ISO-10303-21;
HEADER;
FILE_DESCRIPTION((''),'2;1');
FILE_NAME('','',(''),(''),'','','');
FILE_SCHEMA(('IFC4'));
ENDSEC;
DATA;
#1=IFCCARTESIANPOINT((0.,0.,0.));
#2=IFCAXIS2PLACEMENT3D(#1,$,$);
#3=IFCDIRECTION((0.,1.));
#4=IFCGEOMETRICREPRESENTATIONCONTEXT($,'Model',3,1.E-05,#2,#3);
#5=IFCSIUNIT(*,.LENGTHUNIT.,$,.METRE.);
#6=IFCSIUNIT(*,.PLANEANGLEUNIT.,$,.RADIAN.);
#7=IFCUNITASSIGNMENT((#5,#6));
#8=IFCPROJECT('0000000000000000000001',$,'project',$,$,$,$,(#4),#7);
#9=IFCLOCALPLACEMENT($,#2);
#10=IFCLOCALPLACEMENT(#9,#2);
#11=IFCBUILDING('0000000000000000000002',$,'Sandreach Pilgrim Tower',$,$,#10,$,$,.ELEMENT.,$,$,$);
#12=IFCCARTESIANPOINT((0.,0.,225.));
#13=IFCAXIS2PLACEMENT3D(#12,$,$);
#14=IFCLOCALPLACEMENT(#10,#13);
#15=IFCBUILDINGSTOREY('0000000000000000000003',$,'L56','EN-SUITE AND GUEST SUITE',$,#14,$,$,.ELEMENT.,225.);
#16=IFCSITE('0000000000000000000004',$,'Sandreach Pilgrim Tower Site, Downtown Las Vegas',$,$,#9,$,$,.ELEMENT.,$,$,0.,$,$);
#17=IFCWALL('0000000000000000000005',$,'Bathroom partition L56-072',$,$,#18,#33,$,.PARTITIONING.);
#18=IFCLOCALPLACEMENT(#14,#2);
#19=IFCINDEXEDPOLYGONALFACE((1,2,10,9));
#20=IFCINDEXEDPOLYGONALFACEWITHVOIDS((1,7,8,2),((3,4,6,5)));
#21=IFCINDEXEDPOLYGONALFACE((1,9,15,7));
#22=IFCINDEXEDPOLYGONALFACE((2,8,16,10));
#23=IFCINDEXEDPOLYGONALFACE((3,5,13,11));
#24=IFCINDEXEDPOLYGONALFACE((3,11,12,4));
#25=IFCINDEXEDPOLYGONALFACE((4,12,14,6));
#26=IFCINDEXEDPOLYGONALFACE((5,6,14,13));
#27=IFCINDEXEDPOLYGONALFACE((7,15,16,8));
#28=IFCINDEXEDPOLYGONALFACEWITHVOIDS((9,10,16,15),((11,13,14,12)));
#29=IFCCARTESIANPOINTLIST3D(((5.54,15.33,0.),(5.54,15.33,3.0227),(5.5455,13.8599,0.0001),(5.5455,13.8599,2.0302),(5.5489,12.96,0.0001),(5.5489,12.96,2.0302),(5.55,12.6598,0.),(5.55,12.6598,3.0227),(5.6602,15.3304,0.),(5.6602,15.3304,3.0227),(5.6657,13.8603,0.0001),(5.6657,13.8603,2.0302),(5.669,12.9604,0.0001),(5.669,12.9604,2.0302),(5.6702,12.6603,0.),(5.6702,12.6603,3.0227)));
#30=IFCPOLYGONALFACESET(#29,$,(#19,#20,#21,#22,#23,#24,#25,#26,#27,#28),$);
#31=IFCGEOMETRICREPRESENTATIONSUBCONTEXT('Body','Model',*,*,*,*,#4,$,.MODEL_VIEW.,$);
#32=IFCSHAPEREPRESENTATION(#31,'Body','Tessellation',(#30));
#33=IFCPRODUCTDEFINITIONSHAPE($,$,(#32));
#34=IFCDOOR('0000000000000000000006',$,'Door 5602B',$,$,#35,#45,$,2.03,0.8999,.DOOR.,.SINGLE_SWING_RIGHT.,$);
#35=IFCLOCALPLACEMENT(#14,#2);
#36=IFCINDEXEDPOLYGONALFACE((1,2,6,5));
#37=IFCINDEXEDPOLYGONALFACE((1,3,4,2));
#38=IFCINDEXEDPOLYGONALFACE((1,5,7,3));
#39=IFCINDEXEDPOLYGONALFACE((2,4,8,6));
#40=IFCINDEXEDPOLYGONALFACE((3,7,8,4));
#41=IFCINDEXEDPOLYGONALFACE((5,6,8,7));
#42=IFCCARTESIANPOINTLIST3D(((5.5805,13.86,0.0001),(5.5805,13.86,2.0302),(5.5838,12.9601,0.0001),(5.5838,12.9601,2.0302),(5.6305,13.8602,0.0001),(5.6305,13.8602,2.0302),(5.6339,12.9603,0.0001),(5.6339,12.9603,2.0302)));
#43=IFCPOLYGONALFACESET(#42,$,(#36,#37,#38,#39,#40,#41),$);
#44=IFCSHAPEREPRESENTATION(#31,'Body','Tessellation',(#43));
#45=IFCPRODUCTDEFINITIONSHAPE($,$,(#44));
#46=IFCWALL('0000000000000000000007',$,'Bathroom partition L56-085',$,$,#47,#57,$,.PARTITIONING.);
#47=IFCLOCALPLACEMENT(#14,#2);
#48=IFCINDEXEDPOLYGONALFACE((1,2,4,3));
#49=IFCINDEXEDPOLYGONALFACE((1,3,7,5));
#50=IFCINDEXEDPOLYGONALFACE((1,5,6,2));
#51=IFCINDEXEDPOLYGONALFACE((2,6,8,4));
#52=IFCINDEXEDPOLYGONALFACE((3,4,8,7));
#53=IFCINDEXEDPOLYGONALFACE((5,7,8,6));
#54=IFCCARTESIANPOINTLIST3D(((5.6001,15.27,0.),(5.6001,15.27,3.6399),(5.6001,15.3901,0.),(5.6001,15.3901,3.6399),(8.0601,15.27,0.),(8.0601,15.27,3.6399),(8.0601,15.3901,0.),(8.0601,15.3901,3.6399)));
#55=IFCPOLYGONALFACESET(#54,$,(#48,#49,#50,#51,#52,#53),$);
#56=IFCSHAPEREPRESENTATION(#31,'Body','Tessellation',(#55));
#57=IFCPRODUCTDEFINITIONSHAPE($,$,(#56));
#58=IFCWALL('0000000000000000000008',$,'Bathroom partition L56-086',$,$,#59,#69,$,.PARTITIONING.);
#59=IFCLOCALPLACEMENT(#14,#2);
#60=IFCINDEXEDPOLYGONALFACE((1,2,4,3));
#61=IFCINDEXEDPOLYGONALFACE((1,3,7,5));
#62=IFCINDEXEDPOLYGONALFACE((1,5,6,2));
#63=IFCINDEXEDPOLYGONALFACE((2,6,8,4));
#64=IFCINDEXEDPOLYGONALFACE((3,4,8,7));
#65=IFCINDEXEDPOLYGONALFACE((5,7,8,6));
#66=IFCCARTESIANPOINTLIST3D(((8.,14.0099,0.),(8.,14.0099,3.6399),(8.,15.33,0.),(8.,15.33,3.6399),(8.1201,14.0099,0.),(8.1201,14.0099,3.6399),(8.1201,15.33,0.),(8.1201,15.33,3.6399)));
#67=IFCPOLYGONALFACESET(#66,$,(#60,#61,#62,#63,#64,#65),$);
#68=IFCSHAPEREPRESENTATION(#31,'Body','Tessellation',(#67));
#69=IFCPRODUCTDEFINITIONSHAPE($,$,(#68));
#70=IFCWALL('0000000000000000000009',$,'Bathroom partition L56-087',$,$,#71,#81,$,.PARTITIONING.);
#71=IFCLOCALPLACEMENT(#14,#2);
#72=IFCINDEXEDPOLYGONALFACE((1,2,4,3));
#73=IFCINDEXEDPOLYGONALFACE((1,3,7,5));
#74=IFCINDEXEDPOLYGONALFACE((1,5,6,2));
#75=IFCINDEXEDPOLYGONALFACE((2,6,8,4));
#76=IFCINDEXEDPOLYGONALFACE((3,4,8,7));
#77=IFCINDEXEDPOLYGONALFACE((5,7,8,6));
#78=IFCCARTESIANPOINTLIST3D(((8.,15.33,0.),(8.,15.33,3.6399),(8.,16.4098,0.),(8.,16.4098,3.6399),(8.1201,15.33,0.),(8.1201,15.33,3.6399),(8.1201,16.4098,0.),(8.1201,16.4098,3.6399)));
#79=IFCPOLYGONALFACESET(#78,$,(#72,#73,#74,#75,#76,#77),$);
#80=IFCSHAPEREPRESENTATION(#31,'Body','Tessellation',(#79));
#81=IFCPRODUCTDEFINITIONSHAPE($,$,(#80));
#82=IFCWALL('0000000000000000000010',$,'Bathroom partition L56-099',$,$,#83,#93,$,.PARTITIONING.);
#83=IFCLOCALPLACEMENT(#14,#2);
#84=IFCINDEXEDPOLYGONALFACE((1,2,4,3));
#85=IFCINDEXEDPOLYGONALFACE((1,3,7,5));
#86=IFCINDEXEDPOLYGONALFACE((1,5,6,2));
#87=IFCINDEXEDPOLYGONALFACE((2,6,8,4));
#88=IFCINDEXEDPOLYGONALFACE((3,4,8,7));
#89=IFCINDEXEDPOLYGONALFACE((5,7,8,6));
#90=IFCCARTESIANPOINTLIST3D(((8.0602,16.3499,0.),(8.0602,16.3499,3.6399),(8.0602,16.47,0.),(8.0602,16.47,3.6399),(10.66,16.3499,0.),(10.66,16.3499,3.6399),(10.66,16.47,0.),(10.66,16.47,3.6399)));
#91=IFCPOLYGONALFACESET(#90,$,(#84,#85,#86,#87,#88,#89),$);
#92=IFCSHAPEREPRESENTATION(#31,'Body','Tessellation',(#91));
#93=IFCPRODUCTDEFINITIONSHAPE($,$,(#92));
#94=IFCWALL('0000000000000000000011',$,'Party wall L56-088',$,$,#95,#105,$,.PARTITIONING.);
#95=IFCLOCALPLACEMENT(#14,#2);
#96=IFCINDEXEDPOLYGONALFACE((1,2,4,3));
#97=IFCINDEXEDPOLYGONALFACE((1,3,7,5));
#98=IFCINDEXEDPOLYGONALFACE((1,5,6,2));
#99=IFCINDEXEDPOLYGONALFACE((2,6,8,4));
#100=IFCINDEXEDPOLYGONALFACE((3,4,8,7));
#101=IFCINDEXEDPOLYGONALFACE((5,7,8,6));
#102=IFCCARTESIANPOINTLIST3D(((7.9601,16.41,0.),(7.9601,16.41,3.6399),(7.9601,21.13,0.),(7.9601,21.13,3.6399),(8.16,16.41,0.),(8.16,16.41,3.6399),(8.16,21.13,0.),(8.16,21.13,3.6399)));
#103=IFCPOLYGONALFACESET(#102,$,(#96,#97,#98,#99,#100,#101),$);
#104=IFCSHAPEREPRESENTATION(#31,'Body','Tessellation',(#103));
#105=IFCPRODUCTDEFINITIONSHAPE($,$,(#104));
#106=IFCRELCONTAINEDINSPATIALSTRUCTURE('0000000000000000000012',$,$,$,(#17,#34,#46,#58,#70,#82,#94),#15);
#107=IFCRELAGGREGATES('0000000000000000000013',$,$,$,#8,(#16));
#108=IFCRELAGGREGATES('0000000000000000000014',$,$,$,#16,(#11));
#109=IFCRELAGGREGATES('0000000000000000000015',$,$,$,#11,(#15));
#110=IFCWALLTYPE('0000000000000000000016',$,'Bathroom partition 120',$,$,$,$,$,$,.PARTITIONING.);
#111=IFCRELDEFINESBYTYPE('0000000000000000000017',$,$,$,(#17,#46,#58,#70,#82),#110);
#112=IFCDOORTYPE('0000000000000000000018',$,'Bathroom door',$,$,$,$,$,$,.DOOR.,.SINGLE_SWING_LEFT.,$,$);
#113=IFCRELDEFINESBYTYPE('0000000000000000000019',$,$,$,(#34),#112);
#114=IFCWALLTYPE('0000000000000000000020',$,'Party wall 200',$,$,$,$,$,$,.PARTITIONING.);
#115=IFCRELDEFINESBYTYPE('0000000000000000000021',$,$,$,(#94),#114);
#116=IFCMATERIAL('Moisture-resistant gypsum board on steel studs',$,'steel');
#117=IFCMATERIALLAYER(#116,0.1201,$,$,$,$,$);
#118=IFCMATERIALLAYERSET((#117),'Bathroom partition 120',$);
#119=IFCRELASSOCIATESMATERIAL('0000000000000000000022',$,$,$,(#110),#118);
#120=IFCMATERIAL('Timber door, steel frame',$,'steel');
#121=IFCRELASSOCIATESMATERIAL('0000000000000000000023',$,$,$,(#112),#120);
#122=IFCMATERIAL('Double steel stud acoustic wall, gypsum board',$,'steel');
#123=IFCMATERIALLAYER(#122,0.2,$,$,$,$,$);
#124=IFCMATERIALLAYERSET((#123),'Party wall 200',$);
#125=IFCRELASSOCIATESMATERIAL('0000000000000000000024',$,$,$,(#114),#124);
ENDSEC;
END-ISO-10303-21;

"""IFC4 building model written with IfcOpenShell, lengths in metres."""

from ifc_helpers import new_model, si_unit, direction, frame, frame_2d, origin, place, context, subcontext, project, spatial, rectangle, extrude, material, layer, layer_set, type_object, element, fill, save


model = new_model("IFC4")

# Units and contexts
model_context = context("Model", 3, precision=1e-05, world=origin(), true_north=direction((0.0, 1.0)))
body_context = subcontext(model_context, "Body", "Model", "MODEL_VIEW")
ifc_project = project(units=[si_unit("LENGTHUNIT", "METRE"), si_unit("PLANEANGLEUNIT", "RADIAN")], contexts=[model_context])

# Site, building, storey
site_placement = place(None, origin())
site = spatial("IfcSite", under=ifc_project, at=site_placement, Name="Sandreach Pilgrim Tower Site, Downtown Las Vegas", CompositionType="ELEMENT", RefElevation=0.0)
building_placement = place(site_placement, origin())
building = spatial("IfcBuilding", under=site, at=building_placement, Name="Sandreach Pilgrim Tower", CompositionType="ELEMENT")
storey_placement = place(building_placement, frame((0.0, 0.0, 225.0)))
storey = spatial("IfcBuildingStorey", under=building, at=storey_placement, Name="L56", Description="EN-SUITE AND GUEST SUITE", CompositionType="ELEMENT", Elevation=225.0)

# Wall, opening, door
ifc_material_1 = material(Name="Moisture-resistant gypsum board on steel studs", Category="steel")
ifc_layer_1 = layer(ifc_material_1, 0.1201)
ifc_layer_set_1 = layer_set([ifc_layer_1], Name="Bathroom partition 120")
wall_type_1 = type_object("IfcWallType", Name="Bathroom partition 120", PredefinedType="PARTITIONING", material=ifc_layer_set_1)
wall_1_placement = place(storey_placement, frame((5.6001, 15.3301, 0.0), z_axis=(0.0, 0.0, 1.0), x_axis=(0.003749, -0.999993, 0.0)))
wall_1 = element("IfcWall", 1, at=wall_1_placement, inside=storey, type_object=wall_type_1, Name="Bathroom partition L56-072", PredefinedType="PARTITIONING", context=body_context, shape_type="SweptSolid", body=[
    extrude(rectangle(XDim=2.6702, YDim=0.1201, at=frame_2d((1.335, 0.0))), origin(), (0.0, 0.0, 1.0), 3.0227),
])
opening_placement = place(wall_1_placement, frame((1.47, 0.0, 0.0)))
opening = element("IfcOpeningElement", 2, at=opening_placement, cuts=wall_1, PredefinedType="OPENING", context=body_context, shape_type="SweptSolid", body=[
    extrude(rectangle(XDim=0.8999, YDim=2.03, at=frame_2d((0.45, 1.0151))), frame((0.0, 0.0601, 0.0), z_axis=(0.0, -1.0, 0.0), x_axis=(1.0, 0.0, 0.0)), (0.0, 0.0, 1.0), 0.1201),
])
ifc_material_2 = material(Name="Timber door, steel frame", Category="steel")
door_type = type_object("IfcDoorType", Name="Bathroom door", OperationType="SINGLE_SWING_LEFT", PredefinedType="DOOR", material=ifc_material_2)
door_placement = place(opening_placement, origin())
door = element("IfcDoor", 3, at=door_placement, inside=storey, type_object=door_type, Name="Door 5602B", OperationType="SINGLE_SWING_RIGHT", OverallHeight=2.03, OverallWidth=0.8999, PredefinedType="DOOR", context=body_context, shape_type="SweptSolid", body=[
    extrude(rectangle(XDim=0.8999, YDim=2.03, at=frame_2d((0.45, 1.0151))), frame((0.0, 0.0249, 0.0), z_axis=(0.0, -1.0, 0.0), x_axis=(1.0, 0.0, 0.0)), (0.0, 0.0, 1.0), 0.05),
])
fill(opening, door)

# Walls
wall_2_placement = place(storey_placement, frame((8.0601, 15.3301, 0.0), z_axis=(0.0, 0.0, 1.0), x_axis=(-1.0, 0.0, 0.0)))
element("IfcWall", 4, at=wall_2_placement, inside=storey, type_object=wall_type_1, Name="Bathroom partition L56-085", PredefinedType="PARTITIONING", context=body_context, shape_type="SweptSolid", body=[
    extrude(rectangle(XDim=2.46, YDim=0.1201, at=frame_2d((1.23, 0.0))), origin(), (0.0, 0.0, 1.0), 3.6399),
])
wall_3_placement = place(storey_placement, frame((8.0601, 15.3301, 0.0), z_axis=(0.0, 0.0, 1.0), x_axis=(0.0, -1.0, 0.0)))
element("IfcWall", 5, at=wall_3_placement, inside=storey, type_object=wall_type_1, Name="Bathroom partition L56-086", PredefinedType="PARTITIONING", context=body_context, shape_type="SweptSolid", body=[
    extrude(rectangle(XDim=1.3201, YDim=0.1201, at=frame_2d((0.6602, 0.0))), origin(), (0.0, 0.0, 1.0), 3.6399),
])
wall_4_placement = place(storey_placement, frame((8.0601, 16.4099, 0.0), z_axis=(0.0, 0.0, 1.0), x_axis=(0.0, -1.0, 0.0)))
element("IfcWall", 6, at=wall_4_placement, inside=storey, type_object=wall_type_1, Name="Bathroom partition L56-087", PredefinedType="PARTITIONING", context=body_context, shape_type="SweptSolid", body=[
    extrude(rectangle(XDim=1.0798, YDim=0.1201, at=frame_2d((0.54, 0.0))), origin(), (0.0, 0.0, 1.0), 3.6399),
])
wall_5_placement = place(storey_placement, frame((10.6599, 16.4099, 0.0), z_axis=(0.0, 0.0, 1.0), x_axis=(-1.0, 0.0, 0.0)))
element("IfcWall", 7, at=wall_5_placement, inside=storey, type_object=wall_type_1, Name="Bathroom partition L56-099", PredefinedType="PARTITIONING", context=body_context, shape_type="SweptSolid", body=[
    extrude(rectangle(XDim=2.5999, YDim=0.1201, at=frame_2d((1.2998, 0.0))), origin(), (0.0, 0.0, 1.0), 3.6399),
])
ifc_material_3 = material(Name="Double steel stud acoustic wall, gypsum board", Category="steel")
ifc_layer_2 = layer(ifc_material_3, 0.2)
ifc_layer_set_2 = layer_set([ifc_layer_2], Name="Party wall 200")
wall_type_2 = type_object("IfcWallType", Name="Party wall 200", PredefinedType="PARTITIONING", material=ifc_layer_set_2)
wall_6_placement = place(storey_placement, frame((8.0601, 21.1299, 0.0), z_axis=(0.0, 0.0, 1.0), x_axis=(0.0, -1.0, 0.0)))
element("IfcWall", 8, at=wall_6_placement, inside=storey, type_object=wall_type_2, Name="Party wall L56-088", PredefinedType="PARTITIONING", context=body_context, shape_type="SweptSolid", body=[
    extrude(rectangle(XDim=4.72, YDim=0.2, at=frame_2d((2.3599, 0.0))), origin(), (0.0, 0.0, 1.0), 3.6399),
])

save(model, "model.ifc")
